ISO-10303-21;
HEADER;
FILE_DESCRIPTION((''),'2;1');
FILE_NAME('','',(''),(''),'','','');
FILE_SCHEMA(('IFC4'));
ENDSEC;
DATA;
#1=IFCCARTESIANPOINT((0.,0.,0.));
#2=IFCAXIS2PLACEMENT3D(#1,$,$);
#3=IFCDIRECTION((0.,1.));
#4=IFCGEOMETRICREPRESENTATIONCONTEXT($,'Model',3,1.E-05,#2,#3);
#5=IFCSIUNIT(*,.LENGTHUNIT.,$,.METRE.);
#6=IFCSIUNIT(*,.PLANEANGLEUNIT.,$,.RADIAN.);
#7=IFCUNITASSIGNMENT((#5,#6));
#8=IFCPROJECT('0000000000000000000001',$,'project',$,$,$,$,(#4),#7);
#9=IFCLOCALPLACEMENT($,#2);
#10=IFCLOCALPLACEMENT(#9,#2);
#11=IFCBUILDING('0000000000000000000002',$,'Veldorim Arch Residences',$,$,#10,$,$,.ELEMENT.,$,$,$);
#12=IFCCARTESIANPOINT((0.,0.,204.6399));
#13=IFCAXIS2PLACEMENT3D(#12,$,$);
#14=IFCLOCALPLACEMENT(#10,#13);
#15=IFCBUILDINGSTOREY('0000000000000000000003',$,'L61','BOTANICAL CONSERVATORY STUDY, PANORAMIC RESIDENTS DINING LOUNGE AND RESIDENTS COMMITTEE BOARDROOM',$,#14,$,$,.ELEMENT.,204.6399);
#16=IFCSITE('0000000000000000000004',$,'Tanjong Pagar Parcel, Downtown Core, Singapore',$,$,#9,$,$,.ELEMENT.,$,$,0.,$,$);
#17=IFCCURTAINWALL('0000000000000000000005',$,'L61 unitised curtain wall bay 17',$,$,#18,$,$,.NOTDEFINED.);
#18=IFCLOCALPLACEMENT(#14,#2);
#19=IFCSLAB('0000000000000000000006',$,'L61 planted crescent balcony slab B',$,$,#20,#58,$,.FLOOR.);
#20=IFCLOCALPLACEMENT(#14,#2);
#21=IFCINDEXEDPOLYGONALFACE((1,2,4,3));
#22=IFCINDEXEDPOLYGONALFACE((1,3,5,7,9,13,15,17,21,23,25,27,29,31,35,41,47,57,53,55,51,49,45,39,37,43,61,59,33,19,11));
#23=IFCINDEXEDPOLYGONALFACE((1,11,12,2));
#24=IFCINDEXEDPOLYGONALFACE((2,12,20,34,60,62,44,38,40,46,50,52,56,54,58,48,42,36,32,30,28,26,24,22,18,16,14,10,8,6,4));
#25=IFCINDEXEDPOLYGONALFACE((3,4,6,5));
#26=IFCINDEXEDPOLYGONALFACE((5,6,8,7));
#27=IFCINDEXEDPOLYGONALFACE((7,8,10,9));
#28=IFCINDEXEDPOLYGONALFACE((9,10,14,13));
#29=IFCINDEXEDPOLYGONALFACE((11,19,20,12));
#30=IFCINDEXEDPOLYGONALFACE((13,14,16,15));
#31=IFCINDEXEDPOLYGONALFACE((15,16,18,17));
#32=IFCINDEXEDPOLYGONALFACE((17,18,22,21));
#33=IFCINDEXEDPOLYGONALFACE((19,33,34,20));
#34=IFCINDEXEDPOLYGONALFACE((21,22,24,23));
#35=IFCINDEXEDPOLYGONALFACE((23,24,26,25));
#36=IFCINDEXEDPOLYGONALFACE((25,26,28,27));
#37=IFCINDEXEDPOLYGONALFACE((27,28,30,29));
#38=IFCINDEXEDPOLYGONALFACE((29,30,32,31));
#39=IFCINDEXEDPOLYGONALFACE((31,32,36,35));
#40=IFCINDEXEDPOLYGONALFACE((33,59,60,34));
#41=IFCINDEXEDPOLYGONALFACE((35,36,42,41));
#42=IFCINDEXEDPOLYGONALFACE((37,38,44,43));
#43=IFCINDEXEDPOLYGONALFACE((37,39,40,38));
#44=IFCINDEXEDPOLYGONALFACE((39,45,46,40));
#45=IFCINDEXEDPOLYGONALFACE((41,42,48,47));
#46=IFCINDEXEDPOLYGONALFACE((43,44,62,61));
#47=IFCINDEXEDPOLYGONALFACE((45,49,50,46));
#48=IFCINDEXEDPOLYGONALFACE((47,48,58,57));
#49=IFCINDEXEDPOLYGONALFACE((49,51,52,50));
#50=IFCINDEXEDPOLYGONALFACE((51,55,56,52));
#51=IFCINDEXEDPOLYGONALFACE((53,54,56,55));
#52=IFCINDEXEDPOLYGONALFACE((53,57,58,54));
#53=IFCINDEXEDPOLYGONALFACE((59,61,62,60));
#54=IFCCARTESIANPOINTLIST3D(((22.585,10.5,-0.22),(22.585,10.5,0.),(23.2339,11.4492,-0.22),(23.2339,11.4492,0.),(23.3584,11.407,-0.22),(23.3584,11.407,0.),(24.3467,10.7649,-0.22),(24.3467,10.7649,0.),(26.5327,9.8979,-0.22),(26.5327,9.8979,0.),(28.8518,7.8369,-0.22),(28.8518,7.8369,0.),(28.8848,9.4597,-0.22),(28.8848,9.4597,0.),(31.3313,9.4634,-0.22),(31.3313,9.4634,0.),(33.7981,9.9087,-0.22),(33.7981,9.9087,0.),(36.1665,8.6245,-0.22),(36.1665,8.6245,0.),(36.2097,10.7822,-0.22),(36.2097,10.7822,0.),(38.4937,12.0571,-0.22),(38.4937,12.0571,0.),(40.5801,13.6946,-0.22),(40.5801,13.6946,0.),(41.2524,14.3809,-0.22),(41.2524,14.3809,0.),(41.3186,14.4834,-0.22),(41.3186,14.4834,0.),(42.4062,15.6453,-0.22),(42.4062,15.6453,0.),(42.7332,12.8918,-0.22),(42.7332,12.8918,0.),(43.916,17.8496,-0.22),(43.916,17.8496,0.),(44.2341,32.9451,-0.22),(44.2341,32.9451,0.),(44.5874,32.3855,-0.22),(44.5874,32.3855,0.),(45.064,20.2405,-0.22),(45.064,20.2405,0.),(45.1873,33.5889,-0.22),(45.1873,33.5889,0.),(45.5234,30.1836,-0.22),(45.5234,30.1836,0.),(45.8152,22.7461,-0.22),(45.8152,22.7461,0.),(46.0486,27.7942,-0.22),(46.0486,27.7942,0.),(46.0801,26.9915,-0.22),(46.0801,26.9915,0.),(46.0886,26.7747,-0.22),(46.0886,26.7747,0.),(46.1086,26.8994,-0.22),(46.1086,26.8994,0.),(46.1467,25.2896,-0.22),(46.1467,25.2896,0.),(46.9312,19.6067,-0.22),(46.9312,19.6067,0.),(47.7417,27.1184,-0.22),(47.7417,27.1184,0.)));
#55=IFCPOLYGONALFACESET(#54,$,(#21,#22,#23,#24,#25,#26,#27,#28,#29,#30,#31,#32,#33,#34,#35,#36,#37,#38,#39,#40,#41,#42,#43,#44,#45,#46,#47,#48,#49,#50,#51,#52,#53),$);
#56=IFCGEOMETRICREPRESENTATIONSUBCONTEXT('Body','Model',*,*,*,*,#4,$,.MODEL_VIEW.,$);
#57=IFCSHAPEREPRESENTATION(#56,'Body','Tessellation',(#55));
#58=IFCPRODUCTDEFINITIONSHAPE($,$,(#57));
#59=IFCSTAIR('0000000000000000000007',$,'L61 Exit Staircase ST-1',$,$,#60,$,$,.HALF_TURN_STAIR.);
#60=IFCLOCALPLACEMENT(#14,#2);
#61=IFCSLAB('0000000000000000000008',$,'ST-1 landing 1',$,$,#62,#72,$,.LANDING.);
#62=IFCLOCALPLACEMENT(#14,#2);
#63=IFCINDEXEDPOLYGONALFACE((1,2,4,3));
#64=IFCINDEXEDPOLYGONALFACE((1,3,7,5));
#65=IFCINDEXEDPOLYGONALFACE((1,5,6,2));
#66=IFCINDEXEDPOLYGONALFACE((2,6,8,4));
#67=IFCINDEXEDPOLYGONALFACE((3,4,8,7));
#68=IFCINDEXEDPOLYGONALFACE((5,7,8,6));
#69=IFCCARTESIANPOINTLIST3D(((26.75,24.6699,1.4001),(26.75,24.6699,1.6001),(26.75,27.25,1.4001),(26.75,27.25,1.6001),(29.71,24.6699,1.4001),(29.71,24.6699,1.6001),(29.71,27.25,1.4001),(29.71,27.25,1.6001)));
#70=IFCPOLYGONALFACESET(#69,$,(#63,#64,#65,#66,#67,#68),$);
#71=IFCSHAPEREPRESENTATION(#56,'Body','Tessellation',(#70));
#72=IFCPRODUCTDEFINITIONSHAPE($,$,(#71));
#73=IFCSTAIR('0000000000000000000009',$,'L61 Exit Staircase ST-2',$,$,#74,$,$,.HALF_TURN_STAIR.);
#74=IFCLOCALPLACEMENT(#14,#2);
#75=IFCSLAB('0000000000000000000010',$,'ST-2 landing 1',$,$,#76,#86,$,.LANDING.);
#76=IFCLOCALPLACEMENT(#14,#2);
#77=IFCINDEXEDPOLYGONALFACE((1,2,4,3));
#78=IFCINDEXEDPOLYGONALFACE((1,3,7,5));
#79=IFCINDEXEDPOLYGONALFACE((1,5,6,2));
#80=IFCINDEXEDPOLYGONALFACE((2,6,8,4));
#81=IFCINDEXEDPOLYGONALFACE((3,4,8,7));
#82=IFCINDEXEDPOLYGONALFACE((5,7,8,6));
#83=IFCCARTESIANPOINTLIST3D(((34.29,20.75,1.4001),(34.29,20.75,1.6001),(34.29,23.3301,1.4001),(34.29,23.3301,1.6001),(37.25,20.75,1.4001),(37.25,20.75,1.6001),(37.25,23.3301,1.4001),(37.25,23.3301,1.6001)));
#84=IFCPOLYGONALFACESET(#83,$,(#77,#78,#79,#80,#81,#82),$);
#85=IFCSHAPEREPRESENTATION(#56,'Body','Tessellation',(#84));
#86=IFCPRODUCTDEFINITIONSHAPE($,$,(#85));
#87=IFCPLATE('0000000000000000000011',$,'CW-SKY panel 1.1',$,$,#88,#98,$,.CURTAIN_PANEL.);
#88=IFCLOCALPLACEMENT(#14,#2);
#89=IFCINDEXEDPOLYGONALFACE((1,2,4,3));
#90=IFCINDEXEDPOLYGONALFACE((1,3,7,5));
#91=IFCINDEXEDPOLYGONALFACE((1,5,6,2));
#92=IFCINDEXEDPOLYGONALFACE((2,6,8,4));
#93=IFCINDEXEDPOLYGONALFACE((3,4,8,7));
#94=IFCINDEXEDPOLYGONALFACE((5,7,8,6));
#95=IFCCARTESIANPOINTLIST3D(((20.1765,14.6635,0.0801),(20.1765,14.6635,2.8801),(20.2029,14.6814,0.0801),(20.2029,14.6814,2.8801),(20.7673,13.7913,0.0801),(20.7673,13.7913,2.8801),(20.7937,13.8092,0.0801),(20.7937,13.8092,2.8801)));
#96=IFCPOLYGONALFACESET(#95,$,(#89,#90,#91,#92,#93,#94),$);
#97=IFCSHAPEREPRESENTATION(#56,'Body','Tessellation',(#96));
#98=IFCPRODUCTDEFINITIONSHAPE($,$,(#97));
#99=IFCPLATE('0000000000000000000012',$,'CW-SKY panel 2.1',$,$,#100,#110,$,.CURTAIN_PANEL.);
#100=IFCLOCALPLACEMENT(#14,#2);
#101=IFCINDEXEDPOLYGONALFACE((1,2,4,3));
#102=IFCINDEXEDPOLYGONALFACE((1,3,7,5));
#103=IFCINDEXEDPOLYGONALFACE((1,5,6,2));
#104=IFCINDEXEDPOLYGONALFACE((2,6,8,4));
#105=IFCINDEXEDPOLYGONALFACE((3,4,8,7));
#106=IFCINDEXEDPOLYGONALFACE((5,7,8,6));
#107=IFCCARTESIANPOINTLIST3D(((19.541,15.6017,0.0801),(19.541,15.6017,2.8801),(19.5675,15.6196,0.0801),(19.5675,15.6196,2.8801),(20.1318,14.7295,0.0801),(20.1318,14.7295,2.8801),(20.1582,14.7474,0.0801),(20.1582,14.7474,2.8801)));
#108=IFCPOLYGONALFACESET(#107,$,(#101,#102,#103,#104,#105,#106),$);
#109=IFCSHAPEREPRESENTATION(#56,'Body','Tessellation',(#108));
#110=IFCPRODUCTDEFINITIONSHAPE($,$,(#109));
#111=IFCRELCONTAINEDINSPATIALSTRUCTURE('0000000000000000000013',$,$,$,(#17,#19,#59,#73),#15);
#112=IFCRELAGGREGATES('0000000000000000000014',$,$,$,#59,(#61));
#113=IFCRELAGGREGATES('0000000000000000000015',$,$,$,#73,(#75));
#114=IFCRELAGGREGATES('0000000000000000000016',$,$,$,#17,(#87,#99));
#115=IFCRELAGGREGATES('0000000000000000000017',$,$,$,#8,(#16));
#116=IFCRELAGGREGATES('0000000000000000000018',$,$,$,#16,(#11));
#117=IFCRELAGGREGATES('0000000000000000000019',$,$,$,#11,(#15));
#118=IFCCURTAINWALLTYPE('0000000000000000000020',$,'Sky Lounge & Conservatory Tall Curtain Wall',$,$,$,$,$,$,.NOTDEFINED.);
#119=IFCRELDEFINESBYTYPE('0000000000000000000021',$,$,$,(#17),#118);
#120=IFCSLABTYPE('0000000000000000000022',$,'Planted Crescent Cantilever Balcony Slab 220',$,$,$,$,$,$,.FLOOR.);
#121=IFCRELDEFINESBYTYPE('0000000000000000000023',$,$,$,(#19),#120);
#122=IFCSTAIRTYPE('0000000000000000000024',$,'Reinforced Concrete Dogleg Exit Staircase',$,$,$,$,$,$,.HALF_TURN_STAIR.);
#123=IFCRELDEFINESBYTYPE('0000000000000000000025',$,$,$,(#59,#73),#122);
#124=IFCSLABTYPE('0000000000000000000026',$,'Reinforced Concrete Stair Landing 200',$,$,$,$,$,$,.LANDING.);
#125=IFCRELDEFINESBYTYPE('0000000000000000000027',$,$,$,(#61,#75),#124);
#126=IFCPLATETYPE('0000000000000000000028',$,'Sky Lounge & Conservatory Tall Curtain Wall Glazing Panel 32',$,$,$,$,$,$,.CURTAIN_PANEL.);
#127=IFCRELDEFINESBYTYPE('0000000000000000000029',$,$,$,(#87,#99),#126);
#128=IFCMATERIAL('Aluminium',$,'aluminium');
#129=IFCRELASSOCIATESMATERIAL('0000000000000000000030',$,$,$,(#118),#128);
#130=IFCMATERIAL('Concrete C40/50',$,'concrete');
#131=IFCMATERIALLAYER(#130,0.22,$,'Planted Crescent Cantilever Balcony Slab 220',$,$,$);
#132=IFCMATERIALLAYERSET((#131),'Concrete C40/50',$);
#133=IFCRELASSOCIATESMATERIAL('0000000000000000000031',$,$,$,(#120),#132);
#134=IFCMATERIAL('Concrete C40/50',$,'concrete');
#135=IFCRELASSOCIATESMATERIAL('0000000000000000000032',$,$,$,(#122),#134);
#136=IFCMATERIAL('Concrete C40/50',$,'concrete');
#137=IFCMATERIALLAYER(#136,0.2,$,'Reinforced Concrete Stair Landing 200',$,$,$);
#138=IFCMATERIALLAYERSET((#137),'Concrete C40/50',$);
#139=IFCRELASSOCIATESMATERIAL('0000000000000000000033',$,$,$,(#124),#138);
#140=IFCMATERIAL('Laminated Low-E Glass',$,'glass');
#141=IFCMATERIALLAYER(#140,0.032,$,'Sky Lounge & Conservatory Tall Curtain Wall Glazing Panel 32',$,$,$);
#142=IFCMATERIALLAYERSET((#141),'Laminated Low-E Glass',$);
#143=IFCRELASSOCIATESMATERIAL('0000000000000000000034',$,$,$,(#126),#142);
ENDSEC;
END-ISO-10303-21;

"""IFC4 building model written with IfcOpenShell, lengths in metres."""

from ifc_helpers import new_model, si_unit, direction, frame, origin, origin_2d, place, context, subcontext, project, spatial, polyline, rectangle, outline, extrude, material, layer, layer_set, type_object, element, aggregate, save


model = new_model("IFC4")

# Units and contexts
model_context = context("Model", 3, precision=1e-05, world=origin(), true_north=direction((0.0, 1.0)))
body_context = subcontext(model_context, "Body", "Model", "MODEL_VIEW")
ifc_project = project(units=[si_unit("LENGTHUNIT", "METRE"), si_unit("PLANEANGLEUNIT", "RADIAN")], contexts=[model_context])

# Site, building, storey
site_placement = place(None, origin())
site = spatial("IfcSite", under=ifc_project, at=site_placement, Name="Tanjong Pagar Parcel, Downtown Core, Singapore", CompositionType="ELEMENT", RefElevation=0.0)
building_placement = place(site_placement, origin())
building = spatial("IfcBuilding", under=site, at=building_placement, Name="Veldorim Arch Residences", CompositionType="ELEMENT")
storey_placement = place(building_placement, frame((0.0, 0.0, 204.6399)))
storey = spatial("IfcBuildingStorey", under=building, at=storey_placement, Name="L61", Description="BOTANICAL CONSERVATORY STUDY, PANORAMIC RESIDENTS DINING LOUNGE AND RESIDENTS COMMITTEE BOARDROOM", CompositionType="ELEMENT", Elevation=204.6399)

# Curtain wall
ifc_material_1 = material(Name="Aluminium", Category="aluminium")
curtain_wall_type = type_object("IfcCurtainWallType", Name="Sky Lounge & Conservatory Tall Curtain Wall", PredefinedType="NOTDEFINED", material=ifc_material_1)
curtain_wall_placement = place(storey_placement, origin())
curtain_wall = element("IfcCurtainWall", 1, at=curtain_wall_placement, inside=storey, type_object=curtain_wall_type, Name="L61 unitised curtain wall bay 17", PredefinedType="NOTDEFINED")

# Slab
ifc_material_2 = material(Name="Concrete C40/50", Category="concrete")
ifc_layer_1 = layer(ifc_material_2, 0.22, Name="Planted Crescent Cantilever Balcony Slab 220")
ifc_layer_set_1 = layer_set([ifc_layer_1], Name="Concrete C40/50")
slab_type_1 = type_object("IfcSlabType", Name="Planted Crescent Cantilever Balcony Slab 220", PredefinedType="FLOOR", material=ifc_layer_set_1)
slab_1_placement = place(storey_placement, frame((0.0, 0.0, -0.22)))
element("IfcSlab", 2, at=slab_1_placement, inside=storey, type_object=slab_type_1, Name="L61 planted crescent balcony slab B", PredefinedType="FLOOR", context=body_context, shape_type="SweptSolid", body=[
    extrude(outline(polyline([(23.3584, 11.407), (24.3467, 10.7649), (26.5327, 9.8979), (28.8848, 9.4597), (31.3313, 9.4634), (33.7981, 9.9087), (36.2097, 10.7822), (38.4937, 12.0571), (40.5801, 13.6946), (41.2524, 14.3809), (41.3186, 14.4834), (42.4062, 15.6453), (43.916, 17.8496), (45.064, 20.2405), (45.8152, 22.7461), (46.1467, 25.2896), (46.0886, 26.7747), (46.1086, 26.8994), (46.0801, 26.9915), (46.0486, 27.7942), (45.5234, 30.1836), (44.5874, 32.3855), (44.2341, 32.9451), (45.1873, 33.5889), (47.7417, 27.1184), (46.9312, 19.6067), (42.7332, 12.8918), (36.1665, 8.6245), (28.8518, 7.8369), (22.585, 10.5), (23.2339, 11.4492), (23.3584, 11.407)])), origin(), (0.0, 0.0, 1.0), 0.22),
])

# Stairs, slabs
ifc_material_3 = material(Name="Concrete C40/50", Category="concrete")
stair_type = type_object("IfcStairType", Name="Reinforced Concrete Dogleg Exit Staircase", PredefinedType="HALF_TURN_STAIR", material=ifc_material_3)
stair_1_placement = place(storey_placement, origin())
stair_1 = element("IfcStair", 3, at=stair_1_placement, inside=storey, type_object=stair_type, Name="L61 Exit Staircase ST-1", PredefinedType="HALF_TURN_STAIR")
ifc_material_4 = material(Name="Concrete C40/50", Category="concrete")
ifc_layer_2 = layer(ifc_material_4, 0.2, Name="Reinforced Concrete Stair Landing 200")
ifc_layer_set_2 = layer_set([ifc_layer_2], Name="Concrete C40/50")
slab_type_2 = type_object("IfcSlabType", Name="Reinforced Concrete Stair Landing 200", PredefinedType="LANDING", material=ifc_layer_set_2)
slab_2_placement = place(storey_placement, frame((0.0, 0.0, 1.4001)))
slab_2 = element("IfcSlab", 4, at=slab_2_placement, type_object=slab_type_2, Name="ST-1 landing 1", PredefinedType="LANDING", context=body_context, shape_type="SweptSolid", body=[
    extrude(outline(polyline([(29.71, 24.6699), (29.71, 27.25), (26.75, 27.25), (26.75, 24.6699), (29.71, 24.6699)])), origin(), (0.0, 0.0, 1.0), 0.2),
])
aggregate(stair_1, [slab_2])
stair_2_placement = place(storey_placement, origin())
stair_2 = element("IfcStair", 5, at=stair_2_placement, inside=storey, type_object=stair_type, Name="L61 Exit Staircase ST-2", PredefinedType="HALF_TURN_STAIR")
slab_3_placement = place(storey_placement, frame((0.0, 0.0, 1.4001)))
slab_3 = element("IfcSlab", 6, at=slab_3_placement, type_object=slab_type_2, Name="ST-2 landing 1", PredefinedType="LANDING", context=body_context, shape_type="SweptSolid", body=[
    extrude(outline(polyline([(34.29, 23.3301), (34.29, 20.75), (37.25, 20.75), (37.25, 23.3301), (34.29, 23.3301)])), origin(), (0.0, 0.0, 1.0), 0.2),
])
aggregate(stair_2, [slab_3])

# Plates
ifc_material_5 = material(Name="Laminated Low-E Glass", Category="glass")
ifc_layer_3 = layer(ifc_material_5, 0.032, Name="Sky Lounge & Conservatory Tall Curtain Wall Glazing Panel 32")
ifc_layer_set_3 = layer_set([ifc_layer_3], Name="Laminated Low-E Glass")
plate_type = type_object("IfcPlateType", Name="Sky Lounge & Conservatory Tall Curtain Wall Glazing Panel 32", PredefinedType="CURTAIN_PANEL", material=ifc_layer_set_3)
plate_1_placement = place(storey_placement, frame((20.4851, 14.2363, 0.0801), z_axis=(0.0, 0.0, 1.0), x_axis=(-0.560811, 0.827944, 0.0)))
plate_1 = element("IfcPlate", 7, at=plate_1_placement, type_object=plate_type, Name="CW-SKY panel 1.1", PredefinedType="CURTAIN_PANEL", context=body_context, shape_type="SweptSolid", body=[
    extrude(rectangle(XDim=1.0535, YDim=0.032, at=origin_2d()), origin(), (0.0, 0.0, 1.0), 2.8),
])
plate_2_placement = place(storey_placement, frame((19.8496, 15.1746, 0.0801), z_axis=(0.0, 0.0, 1.0), x_axis=(-0.560811, 0.827944, 0.0)))
plate_2 = element("IfcPlate", 8, at=plate_2_placement, type_object=plate_type, Name="CW-SKY panel 2.1", PredefinedType="CURTAIN_PANEL", context=body_context, shape_type="SweptSolid", body=[
    extrude(rectangle(XDim=1.0535, YDim=0.032, at=origin_2d()), origin(), (0.0, 0.0, 1.0), 2.8),
])
aggregate(curtain_wall, [plate_1, plate_2])

save(model, "model.ifc")
